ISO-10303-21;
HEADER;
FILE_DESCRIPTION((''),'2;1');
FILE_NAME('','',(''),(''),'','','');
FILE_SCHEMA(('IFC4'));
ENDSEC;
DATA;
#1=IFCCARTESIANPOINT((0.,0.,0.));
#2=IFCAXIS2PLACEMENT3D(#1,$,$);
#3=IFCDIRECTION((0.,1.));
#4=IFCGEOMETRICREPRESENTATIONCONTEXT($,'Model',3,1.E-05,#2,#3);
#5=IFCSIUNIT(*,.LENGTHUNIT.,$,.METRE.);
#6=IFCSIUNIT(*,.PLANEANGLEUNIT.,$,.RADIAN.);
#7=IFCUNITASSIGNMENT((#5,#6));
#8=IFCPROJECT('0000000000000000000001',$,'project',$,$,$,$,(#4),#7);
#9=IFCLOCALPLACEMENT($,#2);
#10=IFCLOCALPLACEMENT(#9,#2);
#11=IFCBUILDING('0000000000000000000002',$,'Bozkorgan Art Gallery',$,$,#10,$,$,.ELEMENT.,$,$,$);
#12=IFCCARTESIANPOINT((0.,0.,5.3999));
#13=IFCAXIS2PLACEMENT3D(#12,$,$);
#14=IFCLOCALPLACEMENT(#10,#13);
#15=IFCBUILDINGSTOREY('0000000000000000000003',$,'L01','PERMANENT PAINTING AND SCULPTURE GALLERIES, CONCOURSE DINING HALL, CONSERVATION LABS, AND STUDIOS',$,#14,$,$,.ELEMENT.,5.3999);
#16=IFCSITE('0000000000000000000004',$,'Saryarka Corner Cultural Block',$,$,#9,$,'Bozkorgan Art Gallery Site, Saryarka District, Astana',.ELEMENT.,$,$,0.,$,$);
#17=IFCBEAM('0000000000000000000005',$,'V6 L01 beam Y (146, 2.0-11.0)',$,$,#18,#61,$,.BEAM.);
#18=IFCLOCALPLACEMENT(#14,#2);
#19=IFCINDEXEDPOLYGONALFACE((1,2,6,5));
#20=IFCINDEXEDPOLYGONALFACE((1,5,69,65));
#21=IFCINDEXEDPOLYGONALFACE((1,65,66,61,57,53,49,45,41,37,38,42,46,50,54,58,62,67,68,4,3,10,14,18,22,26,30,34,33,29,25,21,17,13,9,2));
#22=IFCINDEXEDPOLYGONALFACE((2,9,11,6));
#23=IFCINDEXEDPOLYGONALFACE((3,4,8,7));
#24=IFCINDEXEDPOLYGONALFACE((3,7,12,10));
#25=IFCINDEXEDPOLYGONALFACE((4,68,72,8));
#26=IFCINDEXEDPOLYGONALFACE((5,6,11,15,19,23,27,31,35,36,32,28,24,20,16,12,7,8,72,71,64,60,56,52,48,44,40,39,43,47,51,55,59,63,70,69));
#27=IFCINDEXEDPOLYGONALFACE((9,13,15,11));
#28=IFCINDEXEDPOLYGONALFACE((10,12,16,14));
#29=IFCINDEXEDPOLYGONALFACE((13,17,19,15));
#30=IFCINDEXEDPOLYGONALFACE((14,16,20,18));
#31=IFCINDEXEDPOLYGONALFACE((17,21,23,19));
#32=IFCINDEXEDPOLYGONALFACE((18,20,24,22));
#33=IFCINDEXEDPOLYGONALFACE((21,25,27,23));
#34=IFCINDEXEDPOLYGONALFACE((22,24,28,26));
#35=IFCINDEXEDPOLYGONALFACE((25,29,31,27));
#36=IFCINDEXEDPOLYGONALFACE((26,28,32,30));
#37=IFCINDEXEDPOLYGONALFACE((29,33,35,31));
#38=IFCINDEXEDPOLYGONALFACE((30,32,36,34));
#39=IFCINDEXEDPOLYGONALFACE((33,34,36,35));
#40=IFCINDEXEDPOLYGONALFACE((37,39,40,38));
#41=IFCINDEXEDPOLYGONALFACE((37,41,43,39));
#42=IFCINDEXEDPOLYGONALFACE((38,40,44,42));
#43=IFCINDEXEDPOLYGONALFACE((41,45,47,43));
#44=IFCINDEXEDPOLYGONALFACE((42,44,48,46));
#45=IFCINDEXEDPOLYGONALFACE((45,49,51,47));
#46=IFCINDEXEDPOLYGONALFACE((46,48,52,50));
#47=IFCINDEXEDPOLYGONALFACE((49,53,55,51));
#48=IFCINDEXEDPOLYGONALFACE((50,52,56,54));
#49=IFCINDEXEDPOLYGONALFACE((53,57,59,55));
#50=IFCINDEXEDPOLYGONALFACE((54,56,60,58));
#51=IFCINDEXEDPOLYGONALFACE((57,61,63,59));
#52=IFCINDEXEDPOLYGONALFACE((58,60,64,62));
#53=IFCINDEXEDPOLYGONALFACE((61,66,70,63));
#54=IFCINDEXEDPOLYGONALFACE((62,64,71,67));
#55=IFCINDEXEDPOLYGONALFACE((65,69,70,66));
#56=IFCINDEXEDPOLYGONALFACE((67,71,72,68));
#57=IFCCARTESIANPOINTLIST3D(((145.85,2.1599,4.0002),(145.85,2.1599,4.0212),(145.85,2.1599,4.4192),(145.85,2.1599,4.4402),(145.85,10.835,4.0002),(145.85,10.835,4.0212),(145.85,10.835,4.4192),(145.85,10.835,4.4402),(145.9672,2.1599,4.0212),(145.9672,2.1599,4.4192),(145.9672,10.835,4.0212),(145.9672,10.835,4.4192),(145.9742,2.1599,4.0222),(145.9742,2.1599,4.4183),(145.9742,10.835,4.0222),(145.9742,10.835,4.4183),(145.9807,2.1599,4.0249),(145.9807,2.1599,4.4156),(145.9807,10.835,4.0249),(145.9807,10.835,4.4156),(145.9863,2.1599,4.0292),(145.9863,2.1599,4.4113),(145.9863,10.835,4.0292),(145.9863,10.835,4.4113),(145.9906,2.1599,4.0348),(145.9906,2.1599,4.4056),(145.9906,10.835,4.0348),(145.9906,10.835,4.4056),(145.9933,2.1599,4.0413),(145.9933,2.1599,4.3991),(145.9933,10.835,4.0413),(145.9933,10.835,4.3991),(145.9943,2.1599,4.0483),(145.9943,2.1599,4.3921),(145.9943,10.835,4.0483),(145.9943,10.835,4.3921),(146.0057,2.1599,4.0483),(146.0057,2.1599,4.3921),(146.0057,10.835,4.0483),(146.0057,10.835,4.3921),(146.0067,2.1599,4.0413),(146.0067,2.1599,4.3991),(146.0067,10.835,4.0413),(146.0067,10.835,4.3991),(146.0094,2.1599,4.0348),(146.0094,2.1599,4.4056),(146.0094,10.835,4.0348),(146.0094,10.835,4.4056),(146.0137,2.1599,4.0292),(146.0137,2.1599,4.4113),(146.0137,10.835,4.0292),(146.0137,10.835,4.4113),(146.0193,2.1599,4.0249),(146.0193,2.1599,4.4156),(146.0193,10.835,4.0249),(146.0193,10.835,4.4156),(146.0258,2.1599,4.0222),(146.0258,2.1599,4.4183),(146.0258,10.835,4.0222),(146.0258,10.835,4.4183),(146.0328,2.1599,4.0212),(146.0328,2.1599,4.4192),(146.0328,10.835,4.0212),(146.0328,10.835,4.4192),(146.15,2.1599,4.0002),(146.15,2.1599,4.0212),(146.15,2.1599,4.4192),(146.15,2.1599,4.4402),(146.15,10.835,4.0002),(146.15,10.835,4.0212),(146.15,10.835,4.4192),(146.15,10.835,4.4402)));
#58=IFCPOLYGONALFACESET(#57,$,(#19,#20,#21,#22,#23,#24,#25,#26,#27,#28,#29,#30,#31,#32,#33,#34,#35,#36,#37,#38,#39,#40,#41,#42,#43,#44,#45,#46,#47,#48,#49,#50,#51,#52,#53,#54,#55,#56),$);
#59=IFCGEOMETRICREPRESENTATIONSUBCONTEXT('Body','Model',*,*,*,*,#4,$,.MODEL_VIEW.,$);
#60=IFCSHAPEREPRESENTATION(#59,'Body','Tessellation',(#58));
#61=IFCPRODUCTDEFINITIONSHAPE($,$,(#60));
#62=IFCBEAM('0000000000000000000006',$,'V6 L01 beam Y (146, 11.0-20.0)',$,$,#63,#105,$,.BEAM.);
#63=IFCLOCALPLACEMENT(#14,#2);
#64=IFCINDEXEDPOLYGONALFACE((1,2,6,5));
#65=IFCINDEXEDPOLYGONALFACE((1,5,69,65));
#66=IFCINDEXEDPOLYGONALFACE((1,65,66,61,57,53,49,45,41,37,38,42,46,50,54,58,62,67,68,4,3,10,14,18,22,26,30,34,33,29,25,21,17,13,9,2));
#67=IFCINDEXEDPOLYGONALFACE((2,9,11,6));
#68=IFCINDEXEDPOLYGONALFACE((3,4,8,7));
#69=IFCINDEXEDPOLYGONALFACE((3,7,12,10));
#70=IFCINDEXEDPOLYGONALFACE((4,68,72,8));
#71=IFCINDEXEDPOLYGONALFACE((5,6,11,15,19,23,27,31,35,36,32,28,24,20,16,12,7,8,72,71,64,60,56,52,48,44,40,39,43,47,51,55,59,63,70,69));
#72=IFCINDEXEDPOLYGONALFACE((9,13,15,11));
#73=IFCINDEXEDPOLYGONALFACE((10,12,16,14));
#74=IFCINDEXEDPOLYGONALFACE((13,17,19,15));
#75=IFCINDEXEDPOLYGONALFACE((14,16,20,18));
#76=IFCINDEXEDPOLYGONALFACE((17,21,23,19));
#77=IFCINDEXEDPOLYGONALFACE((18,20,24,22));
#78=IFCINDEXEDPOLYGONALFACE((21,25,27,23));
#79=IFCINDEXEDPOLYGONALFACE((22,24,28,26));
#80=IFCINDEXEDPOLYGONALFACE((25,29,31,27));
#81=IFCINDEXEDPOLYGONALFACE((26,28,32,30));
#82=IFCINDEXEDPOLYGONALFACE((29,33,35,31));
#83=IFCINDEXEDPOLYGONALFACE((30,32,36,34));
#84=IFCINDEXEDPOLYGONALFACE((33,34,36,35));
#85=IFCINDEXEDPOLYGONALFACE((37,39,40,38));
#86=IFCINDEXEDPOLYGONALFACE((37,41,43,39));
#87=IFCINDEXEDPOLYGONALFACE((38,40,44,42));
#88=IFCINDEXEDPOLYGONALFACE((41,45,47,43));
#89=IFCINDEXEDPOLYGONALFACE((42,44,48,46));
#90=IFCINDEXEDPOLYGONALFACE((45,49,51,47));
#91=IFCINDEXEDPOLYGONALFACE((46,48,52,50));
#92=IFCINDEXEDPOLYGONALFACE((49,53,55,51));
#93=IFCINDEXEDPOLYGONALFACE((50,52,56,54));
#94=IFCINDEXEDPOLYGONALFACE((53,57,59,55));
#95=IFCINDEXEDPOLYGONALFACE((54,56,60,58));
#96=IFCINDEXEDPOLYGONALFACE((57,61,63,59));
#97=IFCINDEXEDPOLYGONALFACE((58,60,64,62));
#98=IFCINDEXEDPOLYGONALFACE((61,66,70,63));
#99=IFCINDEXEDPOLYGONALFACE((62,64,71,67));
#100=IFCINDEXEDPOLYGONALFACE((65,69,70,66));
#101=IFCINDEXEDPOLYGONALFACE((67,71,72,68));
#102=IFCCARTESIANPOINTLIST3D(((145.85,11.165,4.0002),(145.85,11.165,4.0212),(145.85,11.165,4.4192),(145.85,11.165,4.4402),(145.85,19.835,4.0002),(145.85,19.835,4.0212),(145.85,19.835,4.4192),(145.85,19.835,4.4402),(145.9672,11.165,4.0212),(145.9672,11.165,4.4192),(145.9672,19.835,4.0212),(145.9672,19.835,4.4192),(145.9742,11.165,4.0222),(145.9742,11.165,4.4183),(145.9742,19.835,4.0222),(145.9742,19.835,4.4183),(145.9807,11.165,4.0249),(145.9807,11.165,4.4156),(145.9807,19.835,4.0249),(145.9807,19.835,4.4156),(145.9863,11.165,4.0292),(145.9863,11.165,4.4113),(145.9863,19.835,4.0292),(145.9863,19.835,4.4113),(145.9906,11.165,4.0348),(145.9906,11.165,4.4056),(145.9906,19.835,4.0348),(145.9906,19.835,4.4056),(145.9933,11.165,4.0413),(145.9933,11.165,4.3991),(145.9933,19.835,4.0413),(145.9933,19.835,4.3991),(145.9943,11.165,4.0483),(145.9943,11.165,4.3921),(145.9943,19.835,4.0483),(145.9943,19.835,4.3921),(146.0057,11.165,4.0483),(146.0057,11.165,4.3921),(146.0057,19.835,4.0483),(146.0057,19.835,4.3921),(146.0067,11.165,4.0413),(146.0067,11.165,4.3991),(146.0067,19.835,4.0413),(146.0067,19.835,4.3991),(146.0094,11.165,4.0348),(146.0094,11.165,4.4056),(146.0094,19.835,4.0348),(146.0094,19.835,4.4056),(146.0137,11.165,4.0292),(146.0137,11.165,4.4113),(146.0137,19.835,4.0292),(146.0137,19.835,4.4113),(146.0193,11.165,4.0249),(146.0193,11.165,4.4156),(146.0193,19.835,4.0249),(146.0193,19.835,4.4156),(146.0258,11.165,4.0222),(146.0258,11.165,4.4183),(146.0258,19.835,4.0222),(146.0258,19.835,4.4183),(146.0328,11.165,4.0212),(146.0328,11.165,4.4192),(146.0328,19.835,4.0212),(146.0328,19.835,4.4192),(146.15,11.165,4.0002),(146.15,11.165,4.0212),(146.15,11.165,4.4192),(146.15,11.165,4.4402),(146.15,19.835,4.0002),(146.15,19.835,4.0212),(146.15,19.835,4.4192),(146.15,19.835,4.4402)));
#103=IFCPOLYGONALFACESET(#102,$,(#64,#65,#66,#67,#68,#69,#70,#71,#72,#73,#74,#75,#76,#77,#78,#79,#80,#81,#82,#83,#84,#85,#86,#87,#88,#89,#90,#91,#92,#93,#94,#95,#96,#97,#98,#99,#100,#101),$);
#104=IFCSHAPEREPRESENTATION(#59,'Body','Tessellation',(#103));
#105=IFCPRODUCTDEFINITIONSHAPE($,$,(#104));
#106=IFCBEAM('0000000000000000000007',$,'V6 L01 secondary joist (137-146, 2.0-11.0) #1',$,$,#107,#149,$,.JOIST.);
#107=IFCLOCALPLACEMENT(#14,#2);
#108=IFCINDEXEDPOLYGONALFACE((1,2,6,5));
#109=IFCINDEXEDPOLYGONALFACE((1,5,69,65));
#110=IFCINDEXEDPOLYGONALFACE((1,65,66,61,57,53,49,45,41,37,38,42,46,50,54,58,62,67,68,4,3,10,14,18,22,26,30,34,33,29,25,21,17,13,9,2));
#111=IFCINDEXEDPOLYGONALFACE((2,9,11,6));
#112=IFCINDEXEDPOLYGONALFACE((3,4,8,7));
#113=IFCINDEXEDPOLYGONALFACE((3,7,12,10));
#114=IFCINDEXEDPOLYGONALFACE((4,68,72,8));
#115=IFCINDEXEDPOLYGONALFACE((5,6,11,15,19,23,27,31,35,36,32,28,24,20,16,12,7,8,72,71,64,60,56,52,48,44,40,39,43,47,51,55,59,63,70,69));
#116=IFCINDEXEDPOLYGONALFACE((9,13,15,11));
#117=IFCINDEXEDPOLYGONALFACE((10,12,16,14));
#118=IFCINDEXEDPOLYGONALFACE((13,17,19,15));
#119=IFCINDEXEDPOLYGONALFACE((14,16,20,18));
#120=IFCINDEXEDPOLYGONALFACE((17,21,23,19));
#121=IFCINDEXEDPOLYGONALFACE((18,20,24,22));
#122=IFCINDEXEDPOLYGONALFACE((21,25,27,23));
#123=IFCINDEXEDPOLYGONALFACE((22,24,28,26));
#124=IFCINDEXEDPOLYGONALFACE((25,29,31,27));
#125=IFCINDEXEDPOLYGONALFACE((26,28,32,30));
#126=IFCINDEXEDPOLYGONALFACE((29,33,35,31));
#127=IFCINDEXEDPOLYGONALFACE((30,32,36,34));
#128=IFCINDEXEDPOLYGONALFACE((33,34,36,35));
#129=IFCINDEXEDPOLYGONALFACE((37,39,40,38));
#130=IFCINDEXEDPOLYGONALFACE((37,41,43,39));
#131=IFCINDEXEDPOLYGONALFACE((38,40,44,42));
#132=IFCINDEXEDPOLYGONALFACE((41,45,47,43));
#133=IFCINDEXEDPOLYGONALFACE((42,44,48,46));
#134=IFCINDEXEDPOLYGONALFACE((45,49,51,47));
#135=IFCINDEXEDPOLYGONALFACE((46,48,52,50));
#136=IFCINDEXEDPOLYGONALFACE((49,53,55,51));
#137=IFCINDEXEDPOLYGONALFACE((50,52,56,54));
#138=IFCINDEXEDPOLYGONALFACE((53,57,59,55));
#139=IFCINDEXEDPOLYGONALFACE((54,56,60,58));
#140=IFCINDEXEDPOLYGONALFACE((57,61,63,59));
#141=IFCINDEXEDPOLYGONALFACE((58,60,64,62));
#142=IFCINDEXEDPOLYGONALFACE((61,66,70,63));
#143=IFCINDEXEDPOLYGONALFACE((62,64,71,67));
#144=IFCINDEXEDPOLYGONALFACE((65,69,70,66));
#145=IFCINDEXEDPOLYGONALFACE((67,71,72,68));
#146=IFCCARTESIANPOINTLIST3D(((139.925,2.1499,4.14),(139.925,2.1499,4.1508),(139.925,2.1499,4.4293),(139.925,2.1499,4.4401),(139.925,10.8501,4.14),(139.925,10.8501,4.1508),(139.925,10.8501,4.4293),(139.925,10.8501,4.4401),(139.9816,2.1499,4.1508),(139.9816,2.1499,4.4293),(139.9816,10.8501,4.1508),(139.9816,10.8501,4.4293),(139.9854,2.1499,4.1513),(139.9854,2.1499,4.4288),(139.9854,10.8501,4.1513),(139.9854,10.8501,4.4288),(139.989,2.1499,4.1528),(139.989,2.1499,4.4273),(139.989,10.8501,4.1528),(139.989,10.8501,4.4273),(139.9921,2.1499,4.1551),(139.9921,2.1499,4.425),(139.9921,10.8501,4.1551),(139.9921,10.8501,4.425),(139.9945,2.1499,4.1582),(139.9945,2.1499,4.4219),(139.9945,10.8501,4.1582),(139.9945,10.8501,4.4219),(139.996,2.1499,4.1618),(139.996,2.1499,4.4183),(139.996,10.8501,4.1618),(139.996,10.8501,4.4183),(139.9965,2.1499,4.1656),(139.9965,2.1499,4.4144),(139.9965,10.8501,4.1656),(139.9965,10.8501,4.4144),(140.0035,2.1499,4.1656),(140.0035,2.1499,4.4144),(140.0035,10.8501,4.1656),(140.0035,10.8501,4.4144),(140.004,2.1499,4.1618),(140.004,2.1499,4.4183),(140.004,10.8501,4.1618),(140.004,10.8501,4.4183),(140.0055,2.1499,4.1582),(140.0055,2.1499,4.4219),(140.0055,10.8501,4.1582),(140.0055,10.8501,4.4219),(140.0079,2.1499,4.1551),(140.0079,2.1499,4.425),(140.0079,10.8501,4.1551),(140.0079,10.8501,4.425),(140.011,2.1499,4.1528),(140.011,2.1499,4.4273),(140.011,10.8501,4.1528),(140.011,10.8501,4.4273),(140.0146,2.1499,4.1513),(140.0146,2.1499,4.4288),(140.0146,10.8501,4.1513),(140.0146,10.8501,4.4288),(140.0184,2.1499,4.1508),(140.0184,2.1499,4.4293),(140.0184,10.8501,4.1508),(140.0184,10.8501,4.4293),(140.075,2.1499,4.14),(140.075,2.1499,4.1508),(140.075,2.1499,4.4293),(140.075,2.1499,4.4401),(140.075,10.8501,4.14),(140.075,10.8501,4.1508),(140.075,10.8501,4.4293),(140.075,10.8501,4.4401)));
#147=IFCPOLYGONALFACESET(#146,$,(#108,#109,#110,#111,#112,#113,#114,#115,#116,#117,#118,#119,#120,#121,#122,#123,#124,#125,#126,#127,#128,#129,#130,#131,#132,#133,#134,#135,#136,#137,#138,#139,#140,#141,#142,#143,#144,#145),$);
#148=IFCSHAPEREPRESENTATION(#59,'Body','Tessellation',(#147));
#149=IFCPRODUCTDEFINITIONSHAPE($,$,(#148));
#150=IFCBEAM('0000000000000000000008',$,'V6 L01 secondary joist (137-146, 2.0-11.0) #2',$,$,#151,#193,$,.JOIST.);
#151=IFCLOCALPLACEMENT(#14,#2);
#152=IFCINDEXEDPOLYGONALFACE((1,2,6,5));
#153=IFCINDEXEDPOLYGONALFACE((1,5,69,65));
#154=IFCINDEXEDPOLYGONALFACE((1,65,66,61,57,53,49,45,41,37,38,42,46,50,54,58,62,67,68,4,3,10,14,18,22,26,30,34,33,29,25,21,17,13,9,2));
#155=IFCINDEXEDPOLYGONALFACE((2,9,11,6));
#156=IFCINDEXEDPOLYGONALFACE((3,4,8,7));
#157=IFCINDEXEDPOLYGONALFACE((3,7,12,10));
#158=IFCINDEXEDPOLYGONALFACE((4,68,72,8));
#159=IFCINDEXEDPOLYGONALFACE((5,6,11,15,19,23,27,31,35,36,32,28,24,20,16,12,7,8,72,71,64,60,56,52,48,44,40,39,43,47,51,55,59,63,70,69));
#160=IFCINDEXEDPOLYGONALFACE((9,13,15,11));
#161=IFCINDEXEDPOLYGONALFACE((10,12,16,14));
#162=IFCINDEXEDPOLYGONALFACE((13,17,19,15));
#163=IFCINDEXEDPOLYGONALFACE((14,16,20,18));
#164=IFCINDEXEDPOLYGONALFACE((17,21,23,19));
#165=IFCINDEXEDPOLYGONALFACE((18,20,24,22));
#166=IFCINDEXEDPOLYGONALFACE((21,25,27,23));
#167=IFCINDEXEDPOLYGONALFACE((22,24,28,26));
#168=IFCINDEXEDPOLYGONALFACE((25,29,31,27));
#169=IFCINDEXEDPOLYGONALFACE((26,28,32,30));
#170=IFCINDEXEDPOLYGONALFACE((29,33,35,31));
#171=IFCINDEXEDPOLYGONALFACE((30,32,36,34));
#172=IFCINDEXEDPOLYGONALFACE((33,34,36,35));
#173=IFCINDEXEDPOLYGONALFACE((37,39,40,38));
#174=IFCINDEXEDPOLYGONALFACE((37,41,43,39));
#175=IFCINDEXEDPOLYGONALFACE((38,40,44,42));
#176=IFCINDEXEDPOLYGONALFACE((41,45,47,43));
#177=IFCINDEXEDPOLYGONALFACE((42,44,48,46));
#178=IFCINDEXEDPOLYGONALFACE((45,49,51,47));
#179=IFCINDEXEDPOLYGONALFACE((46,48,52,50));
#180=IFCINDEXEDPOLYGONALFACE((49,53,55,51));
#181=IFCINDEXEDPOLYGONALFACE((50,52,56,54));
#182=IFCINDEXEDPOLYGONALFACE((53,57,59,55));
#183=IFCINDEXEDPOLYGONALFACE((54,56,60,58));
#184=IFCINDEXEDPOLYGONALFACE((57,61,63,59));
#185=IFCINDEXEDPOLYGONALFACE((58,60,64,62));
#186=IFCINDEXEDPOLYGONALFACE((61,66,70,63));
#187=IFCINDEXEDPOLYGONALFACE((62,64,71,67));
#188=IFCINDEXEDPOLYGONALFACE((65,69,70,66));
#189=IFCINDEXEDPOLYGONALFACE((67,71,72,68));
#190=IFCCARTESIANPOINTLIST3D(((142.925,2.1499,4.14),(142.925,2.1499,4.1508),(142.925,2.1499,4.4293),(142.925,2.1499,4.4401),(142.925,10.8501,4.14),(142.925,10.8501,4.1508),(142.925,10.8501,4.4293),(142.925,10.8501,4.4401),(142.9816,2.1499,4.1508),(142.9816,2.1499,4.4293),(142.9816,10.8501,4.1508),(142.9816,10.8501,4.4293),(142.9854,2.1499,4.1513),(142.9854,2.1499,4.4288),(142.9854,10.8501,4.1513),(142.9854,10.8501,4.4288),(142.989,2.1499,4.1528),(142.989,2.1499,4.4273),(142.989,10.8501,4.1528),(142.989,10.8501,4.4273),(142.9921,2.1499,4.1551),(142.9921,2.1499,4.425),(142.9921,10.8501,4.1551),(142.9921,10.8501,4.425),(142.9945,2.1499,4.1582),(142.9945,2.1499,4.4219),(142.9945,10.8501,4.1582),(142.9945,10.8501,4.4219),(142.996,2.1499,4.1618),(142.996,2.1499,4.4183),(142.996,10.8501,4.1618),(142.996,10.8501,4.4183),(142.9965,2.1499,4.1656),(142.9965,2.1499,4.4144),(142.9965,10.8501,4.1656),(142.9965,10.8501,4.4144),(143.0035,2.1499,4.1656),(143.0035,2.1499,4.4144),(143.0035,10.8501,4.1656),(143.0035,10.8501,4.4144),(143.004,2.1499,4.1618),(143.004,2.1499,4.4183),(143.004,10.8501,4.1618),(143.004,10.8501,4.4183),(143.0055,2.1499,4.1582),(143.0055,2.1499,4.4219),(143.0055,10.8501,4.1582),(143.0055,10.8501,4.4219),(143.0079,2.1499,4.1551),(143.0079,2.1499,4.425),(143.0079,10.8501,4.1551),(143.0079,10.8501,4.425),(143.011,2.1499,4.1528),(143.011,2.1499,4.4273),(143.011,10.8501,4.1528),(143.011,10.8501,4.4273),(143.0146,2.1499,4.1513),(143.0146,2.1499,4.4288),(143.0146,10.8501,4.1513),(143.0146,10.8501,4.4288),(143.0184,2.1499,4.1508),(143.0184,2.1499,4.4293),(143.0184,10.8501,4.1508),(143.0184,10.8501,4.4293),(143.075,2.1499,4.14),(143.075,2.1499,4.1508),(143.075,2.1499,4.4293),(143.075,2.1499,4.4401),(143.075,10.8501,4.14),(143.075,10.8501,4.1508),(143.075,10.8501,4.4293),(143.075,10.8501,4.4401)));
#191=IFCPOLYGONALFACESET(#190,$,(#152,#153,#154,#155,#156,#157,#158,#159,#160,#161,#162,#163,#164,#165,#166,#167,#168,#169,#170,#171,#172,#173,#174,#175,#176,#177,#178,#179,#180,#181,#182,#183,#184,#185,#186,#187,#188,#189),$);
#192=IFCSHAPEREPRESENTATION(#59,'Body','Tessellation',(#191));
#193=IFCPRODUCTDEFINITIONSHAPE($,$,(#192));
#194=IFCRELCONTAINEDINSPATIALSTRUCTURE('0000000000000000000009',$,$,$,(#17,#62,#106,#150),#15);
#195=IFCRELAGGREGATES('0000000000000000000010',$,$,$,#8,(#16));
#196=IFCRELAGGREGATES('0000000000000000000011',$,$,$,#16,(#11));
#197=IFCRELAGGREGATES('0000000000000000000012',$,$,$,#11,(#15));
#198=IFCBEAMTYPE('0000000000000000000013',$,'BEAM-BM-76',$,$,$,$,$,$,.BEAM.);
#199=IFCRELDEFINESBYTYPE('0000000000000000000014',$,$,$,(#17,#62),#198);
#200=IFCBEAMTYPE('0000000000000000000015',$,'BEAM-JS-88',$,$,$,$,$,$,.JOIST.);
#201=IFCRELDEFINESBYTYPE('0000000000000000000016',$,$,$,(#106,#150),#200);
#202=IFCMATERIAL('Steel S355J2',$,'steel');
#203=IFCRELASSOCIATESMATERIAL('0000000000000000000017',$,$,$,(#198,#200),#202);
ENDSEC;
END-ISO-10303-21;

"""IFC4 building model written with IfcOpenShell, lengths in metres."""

from ifc_helpers import new_model, si_unit, direction, frame, origin, origin_2d, place, context, subcontext, project, spatial, i_section, extrude, material, material_profile, profile_set, type_object, element, save


model = new_model("IFC4")

# Units and contexts
model_context = context("Model", 3, precision=1e-05, world=origin(), true_north=direction((0.0, 1.0)))
body_context = subcontext(model_context, "Body", "Model", "MODEL_VIEW")
ifc_project = project(units=[si_unit("LENGTHUNIT", "METRE"), si_unit("PLANEANGLEUNIT", "RADIAN")], contexts=[model_context])

# Site, building, storey
site_placement = place(None, origin())
site = spatial("IfcSite", under=ifc_project, at=site_placement, Name="Saryarka Corner Cultural Block", LongName="Bozkorgan Art Gallery Site, Saryarka District, Astana", CompositionType="ELEMENT", RefElevation=0.0)
building_placement = place(site_placement, origin())
building = spatial("IfcBuilding", under=site, at=building_placement, Name="Bozkorgan Art Gallery", CompositionType="ELEMENT")
storey_placement = place(building_placement, frame((0.0, 0.0, 5.3999)))
storey = spatial("IfcBuildingStorey", under=building, at=storey_placement, Name="L01", Description="PERMANENT PAINTING AND SCULPTURE GALLERIES, CONCOURSE DINING HALL, CONSERVATION LABS, AND STUDIOS", CompositionType="ELEMENT", Elevation=5.3999)

# Shared definitions
ifc_material_1 = material(Name="Steel S355J2", Category="steel")

# Beams
ifc_material_profile_1 = material_profile(ifc_material_1, i_section(OverallWidth=0.3, OverallDepth=0.4399, WebThickness=0.0115, FlangeThickness=0.021, FilletRadius=0.0271, at=origin_2d()), Name="HEA 450")
ifc_profile_set_1 = profile_set([ifc_material_profile_1], Name="Steel S355J2")
beam_type_1 = type_object("IfcBeamType", Name="BEAM-BM-76", PredefinedType="BEAM", material=ifc_profile_set_1)
for number, where, z_axis, x_axis, name in (
    (1, (146.0, 2.1599, 4.2202), (0.0, 1.0, 0.0), (-1.0, 0.0, 0.0), "V6 L01 beam Y (146, 2.0-11.0)"),
):
    element("IfcBeam", number, at=place(storey_placement, frame(where, z_axis=z_axis, x_axis=x_axis)), inside=storey, type_object=beam_type_1, Name=name, PredefinedType="BEAM", context=body_context, shape_type="SweptSolid", body=[
        extrude(i_section(OverallWidth=0.3, OverallDepth=0.4399, WebThickness=0.0115, FlangeThickness=0.021, FilletRadius=0.0271, at=origin_2d()), origin(), (0.0, 0.0, 1.0), 8.675),
    ])
beam_1_placement = place(storey_placement, frame((146.0, 11.165, 4.2202), z_axis=(0.0, 1.0, 0.0), x_axis=(-1.0, 0.0, 0.0)))
element("IfcBeam", 2, at=beam_1_placement, inside=storey, type_object=beam_type_1, Name="V6 L01 beam Y (146, 11.0-20.0)", PredefinedType="BEAM", context=body_context, shape_type="SweptSolid", body=[
    extrude(i_section(OverallWidth=0.3, OverallDepth=0.4399, WebThickness=0.0115, FlangeThickness=0.021, FilletRadius=0.0271, at=origin_2d()), origin(), (0.0, 0.0, 1.0), 8.6699),
])
ifc_material_profile_2 = material_profile(ifc_material_1, i_section(OverallWidth=0.1499, OverallDepth=0.3, WebThickness=0.0071, FlangeThickness=0.0107, FilletRadius=0.0149, at=origin_2d()), Name="IPE 300")
ifc_profile_set_2 = profile_set([ifc_material_profile_2], Name="Steel S355J2")
beam_type_2 = type_object("IfcBeamType", Name="BEAM-JS-88", PredefinedType="JOIST", material=ifc_profile_set_2)
for number, where, z_axis, x_axis, name in (
    (3, (140.0, 2.1499, 4.29), (0.0, 1.0, 0.0), (-1.0, 0.0, 0.0), "V6 L01 secondary joist (137-146, 2.0-11.0) #1"),
    (4, (143.0, 2.1499, 4.29), (0.0, 1.0, 0.0), (-1.0, 0.0, 0.0), "V6 L01 secondary joist (137-146, 2.0-11.0) #2"),
):
    element("IfcBeam", number, at=place(storey_placement, frame(where, z_axis=z_axis, x_axis=x_axis)), inside=storey, type_object=beam_type_2, Name=name, PredefinedType="JOIST", context=body_context, shape_type="SweptSolid", body=[
        extrude(i_section(OverallWidth=0.1499, OverallDepth=0.3, WebThickness=0.0071, FlangeThickness=0.0107, FilletRadius=0.0149, at=origin_2d()), origin(), (0.0, 0.0, 1.0), 8.7002),
    ])

save(model, "model.ifc")
